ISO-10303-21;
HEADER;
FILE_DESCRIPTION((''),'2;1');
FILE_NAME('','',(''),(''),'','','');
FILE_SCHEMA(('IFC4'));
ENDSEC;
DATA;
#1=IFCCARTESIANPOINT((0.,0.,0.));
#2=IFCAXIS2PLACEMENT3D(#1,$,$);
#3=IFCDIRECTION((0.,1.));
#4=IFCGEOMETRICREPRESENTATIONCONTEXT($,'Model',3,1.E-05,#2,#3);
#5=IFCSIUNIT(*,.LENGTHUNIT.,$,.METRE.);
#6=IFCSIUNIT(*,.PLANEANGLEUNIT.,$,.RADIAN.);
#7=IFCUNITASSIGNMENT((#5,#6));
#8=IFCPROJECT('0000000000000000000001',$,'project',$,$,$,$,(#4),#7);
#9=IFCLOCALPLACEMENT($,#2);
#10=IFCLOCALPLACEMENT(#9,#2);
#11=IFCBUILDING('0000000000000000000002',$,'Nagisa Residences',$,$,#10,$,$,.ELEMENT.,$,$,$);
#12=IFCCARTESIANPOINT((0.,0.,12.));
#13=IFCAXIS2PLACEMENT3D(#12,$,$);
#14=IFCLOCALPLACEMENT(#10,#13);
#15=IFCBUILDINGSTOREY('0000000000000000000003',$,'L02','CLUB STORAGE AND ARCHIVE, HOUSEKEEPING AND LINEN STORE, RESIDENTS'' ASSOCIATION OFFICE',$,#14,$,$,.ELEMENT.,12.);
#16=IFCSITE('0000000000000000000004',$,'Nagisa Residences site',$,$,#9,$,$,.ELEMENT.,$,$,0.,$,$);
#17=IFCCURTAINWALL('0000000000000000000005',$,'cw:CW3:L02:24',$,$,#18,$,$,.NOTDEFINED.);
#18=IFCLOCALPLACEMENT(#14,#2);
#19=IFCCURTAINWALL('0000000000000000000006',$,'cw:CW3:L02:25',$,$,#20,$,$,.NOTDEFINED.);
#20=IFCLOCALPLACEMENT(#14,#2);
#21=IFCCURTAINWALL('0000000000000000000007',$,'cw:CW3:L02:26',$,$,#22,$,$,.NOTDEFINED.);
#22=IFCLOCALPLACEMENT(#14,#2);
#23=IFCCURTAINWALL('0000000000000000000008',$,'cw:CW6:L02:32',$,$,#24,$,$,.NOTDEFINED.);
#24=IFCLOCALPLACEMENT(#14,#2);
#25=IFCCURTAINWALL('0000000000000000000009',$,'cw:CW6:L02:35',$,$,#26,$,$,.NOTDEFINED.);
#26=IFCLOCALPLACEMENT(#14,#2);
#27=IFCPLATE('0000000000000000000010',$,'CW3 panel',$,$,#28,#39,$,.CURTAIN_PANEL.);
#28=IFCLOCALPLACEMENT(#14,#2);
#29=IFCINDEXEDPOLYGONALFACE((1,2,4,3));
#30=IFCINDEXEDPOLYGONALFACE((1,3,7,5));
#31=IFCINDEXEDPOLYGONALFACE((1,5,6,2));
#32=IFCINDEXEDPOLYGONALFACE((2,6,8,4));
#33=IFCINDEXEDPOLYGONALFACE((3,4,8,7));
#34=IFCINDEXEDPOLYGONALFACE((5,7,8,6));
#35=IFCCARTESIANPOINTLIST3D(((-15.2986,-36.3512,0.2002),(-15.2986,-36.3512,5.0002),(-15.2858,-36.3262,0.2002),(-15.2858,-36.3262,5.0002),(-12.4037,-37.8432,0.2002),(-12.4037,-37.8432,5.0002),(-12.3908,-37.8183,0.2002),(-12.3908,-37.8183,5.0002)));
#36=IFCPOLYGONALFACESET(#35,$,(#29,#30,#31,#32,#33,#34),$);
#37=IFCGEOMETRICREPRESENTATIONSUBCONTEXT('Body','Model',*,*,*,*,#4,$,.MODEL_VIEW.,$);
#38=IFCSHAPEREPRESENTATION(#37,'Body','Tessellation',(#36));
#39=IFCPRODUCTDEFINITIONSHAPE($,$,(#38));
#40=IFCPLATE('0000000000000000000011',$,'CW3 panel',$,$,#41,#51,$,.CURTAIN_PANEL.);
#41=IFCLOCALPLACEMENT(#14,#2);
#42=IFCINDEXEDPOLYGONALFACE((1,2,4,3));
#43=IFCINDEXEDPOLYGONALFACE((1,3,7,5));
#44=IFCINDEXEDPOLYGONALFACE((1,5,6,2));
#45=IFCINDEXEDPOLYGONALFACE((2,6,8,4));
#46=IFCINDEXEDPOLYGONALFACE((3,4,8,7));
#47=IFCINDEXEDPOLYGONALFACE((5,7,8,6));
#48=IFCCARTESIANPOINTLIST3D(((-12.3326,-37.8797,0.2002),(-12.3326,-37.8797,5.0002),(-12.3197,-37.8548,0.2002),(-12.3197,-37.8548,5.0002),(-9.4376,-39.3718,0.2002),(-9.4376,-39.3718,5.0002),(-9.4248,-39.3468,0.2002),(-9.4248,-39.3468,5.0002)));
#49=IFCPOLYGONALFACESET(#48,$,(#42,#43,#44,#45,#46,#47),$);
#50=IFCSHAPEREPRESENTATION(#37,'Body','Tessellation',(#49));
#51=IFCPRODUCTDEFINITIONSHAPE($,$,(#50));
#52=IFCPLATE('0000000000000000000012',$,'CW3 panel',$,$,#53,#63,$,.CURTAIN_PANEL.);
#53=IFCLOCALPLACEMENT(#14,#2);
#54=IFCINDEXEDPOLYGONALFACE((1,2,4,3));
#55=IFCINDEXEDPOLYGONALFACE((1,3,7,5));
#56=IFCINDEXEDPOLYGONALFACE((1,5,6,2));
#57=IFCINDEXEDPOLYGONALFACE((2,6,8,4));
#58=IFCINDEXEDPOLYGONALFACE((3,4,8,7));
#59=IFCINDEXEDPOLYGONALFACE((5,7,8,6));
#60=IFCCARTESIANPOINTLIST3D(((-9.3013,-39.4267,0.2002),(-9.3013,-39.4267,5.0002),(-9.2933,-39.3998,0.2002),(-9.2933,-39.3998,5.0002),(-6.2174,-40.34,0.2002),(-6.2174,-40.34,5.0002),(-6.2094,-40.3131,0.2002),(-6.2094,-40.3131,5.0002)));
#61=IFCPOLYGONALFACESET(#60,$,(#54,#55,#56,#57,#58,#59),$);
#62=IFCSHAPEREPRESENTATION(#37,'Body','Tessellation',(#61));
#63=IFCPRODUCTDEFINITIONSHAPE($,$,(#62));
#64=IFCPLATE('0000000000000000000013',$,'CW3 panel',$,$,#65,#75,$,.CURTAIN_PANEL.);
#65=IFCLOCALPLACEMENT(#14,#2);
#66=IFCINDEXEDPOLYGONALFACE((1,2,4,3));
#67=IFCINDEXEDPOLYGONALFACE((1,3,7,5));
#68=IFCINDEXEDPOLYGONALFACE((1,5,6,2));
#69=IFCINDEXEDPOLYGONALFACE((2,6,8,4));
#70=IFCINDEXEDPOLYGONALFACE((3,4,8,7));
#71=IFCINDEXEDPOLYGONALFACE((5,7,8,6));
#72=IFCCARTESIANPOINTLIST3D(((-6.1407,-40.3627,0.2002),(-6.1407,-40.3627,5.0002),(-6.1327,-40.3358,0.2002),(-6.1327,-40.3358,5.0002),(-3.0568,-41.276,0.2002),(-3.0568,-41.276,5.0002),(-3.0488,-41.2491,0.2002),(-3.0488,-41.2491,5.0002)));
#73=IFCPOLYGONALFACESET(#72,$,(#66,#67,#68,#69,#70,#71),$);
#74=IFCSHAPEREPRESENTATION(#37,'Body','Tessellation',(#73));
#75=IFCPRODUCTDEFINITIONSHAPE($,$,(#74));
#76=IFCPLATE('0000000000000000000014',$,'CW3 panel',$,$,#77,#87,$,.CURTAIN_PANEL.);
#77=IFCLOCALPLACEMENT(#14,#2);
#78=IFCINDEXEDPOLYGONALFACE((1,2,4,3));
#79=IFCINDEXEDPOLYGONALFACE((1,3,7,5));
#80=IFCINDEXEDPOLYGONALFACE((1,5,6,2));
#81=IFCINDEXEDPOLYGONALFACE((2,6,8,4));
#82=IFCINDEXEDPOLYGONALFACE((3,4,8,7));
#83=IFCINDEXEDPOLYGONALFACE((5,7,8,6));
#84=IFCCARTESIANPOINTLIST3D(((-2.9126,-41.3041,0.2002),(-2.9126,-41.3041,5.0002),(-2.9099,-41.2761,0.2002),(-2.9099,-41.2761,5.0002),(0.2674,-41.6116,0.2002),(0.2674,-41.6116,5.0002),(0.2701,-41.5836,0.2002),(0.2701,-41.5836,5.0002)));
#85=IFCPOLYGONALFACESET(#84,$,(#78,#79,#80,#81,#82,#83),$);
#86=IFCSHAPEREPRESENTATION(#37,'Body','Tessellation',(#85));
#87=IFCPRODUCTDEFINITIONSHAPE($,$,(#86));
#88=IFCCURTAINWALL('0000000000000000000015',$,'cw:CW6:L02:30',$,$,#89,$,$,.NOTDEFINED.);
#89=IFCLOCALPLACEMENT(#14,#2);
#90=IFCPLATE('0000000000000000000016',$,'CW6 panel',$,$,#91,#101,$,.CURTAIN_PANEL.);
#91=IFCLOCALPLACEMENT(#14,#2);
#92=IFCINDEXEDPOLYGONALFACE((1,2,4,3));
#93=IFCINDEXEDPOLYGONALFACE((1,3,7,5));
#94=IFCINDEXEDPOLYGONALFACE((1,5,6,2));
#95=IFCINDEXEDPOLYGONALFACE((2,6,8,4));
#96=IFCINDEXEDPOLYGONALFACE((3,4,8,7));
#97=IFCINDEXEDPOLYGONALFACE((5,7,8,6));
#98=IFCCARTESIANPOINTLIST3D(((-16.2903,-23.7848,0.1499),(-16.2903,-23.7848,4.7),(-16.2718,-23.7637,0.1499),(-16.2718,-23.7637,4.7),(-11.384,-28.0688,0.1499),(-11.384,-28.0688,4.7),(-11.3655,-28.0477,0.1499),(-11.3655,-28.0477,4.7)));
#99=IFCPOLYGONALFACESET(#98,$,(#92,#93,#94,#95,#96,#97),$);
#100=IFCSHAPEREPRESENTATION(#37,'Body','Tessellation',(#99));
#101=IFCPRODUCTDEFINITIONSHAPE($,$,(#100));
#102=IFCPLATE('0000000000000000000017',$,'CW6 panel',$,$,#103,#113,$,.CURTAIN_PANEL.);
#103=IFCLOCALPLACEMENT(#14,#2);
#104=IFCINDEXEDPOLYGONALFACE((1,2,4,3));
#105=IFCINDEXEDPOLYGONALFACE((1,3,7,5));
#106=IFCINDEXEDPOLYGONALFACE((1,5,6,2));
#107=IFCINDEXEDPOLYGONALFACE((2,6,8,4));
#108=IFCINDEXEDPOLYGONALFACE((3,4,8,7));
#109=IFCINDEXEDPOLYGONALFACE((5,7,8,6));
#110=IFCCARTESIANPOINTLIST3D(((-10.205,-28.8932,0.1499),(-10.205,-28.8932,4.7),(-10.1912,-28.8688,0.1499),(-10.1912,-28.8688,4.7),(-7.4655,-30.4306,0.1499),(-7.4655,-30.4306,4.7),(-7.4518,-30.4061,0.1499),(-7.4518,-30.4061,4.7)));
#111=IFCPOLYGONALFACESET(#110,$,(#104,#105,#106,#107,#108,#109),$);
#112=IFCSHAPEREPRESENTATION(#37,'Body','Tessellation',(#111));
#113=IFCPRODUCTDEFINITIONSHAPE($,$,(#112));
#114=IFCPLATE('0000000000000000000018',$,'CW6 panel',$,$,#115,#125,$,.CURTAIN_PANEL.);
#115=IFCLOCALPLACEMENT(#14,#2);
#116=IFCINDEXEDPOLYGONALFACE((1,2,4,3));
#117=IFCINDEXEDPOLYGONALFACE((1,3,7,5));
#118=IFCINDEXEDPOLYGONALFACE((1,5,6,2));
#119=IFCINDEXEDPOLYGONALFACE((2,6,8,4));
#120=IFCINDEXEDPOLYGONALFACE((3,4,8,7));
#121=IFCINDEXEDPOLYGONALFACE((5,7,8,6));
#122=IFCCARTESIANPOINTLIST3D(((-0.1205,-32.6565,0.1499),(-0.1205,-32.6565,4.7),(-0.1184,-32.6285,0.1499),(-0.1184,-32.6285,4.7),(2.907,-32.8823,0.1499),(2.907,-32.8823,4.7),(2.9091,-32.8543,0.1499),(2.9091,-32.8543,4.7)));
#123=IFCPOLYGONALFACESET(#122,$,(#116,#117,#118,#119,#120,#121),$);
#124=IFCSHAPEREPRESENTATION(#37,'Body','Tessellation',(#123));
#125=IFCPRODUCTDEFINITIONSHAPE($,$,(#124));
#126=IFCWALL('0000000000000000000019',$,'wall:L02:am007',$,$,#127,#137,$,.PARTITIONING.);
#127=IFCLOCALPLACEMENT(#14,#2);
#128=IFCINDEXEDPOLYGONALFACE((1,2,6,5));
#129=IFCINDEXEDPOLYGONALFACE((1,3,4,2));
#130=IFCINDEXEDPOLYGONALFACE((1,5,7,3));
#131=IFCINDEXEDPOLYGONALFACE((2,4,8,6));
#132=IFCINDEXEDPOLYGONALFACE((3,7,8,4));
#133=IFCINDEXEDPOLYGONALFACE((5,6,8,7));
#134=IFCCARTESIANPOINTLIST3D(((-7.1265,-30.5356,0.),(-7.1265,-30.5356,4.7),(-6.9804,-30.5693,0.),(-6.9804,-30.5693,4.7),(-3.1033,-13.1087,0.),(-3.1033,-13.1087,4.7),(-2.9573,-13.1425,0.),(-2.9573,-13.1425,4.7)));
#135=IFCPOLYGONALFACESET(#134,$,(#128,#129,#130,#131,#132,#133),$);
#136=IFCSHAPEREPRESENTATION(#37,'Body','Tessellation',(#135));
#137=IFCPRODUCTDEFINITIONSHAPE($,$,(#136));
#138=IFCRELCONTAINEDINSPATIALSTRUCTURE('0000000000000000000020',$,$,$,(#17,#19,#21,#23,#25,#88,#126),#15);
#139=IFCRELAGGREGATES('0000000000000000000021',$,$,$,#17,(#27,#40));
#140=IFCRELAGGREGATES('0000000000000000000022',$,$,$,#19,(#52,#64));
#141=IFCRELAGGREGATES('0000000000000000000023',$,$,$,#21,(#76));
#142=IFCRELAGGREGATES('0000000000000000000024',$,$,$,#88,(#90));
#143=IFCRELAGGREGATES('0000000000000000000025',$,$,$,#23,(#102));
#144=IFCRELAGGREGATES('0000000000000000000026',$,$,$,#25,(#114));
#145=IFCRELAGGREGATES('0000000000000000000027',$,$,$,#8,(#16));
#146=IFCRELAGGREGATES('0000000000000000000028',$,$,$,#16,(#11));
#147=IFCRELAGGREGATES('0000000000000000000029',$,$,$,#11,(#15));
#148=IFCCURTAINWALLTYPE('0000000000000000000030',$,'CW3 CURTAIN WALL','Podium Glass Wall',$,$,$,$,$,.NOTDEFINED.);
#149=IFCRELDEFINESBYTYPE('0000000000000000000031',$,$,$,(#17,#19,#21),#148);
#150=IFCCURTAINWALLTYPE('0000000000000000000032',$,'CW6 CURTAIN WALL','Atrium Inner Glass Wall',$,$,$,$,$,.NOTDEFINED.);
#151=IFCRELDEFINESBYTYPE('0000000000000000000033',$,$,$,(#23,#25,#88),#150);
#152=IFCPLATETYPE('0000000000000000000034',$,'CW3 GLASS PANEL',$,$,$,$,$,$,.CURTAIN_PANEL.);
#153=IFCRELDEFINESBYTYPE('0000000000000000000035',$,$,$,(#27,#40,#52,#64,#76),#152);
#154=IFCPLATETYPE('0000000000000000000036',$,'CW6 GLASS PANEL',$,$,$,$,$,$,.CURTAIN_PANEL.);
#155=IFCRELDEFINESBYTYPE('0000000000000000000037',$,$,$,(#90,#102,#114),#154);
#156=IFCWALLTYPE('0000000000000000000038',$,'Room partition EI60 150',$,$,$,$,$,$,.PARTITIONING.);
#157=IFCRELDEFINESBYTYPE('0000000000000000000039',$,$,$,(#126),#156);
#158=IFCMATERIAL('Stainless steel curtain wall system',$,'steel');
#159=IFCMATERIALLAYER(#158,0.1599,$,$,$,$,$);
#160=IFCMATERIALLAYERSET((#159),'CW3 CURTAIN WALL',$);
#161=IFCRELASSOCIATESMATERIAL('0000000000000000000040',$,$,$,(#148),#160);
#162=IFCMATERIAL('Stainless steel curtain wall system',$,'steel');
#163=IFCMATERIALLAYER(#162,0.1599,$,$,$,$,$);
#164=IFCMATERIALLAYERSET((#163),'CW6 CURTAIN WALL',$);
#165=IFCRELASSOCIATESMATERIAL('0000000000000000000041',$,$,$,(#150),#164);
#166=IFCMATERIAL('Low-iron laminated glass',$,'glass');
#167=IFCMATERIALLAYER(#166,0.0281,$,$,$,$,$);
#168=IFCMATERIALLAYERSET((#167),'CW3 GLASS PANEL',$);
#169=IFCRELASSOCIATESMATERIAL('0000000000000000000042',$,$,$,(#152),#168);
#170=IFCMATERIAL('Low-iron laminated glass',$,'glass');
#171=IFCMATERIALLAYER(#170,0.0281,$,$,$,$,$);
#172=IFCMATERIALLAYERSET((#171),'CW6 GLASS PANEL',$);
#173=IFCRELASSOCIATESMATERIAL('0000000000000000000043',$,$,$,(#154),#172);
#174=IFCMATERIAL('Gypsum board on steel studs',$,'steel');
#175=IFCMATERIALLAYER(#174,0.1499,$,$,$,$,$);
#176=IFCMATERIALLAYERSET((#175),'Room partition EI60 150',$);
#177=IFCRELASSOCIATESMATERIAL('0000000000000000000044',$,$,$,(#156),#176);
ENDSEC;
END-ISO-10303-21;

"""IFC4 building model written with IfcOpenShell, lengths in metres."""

from ifc_helpers import new_model, si_unit, direction, frame, frame_2d, origin, origin_2d, place, context, subcontext, project, spatial, rectangle, extrude, material, layer, layer_set, type_object, element, aggregate, save


model = new_model("IFC4")

# Units and contexts
model_context = context("Model", 3, precision=1e-05, world=origin(), true_north=direction((0.0, 1.0)))
body_context = subcontext(model_context, "Body", "Model", "MODEL_VIEW")
ifc_project = project(units=[si_unit("LENGTHUNIT", "METRE"), si_unit("PLANEANGLEUNIT", "RADIAN")], contexts=[model_context])

# Site, building, storey
site_placement = place(None, origin())
site = spatial("IfcSite", under=ifc_project, at=site_placement, Name="Nagisa Residences site", CompositionType="ELEMENT", RefElevation=0.0)
building_placement = place(site_placement, origin())
building = spatial("IfcBuilding", under=site, at=building_placement, Name="Nagisa Residences", CompositionType="ELEMENT")
storey_placement = place(building_placement, frame((0.0, 0.0, 12.0)))
storey = spatial("IfcBuildingStorey", under=building, at=storey_placement, Name="L02", Description="CLUB STORAGE AND ARCHIVE, HOUSEKEEPING AND LINEN STORE, RESIDENTS' ASSOCIATION OFFICE", CompositionType="ELEMENT", Elevation=12.0)

# Curtain walls
ifc_material_1 = material(Name="Stainless steel curtain wall system", Category="steel")
ifc_layer_1 = layer(ifc_material_1, 0.1599)
ifc_layer_set_1 = layer_set([ifc_layer_1], Name="CW3 CURTAIN WALL")
curtain_wall_type_1 = type_object("IfcCurtainWallType", Name="CW3 CURTAIN WALL", Description="Podium Glass Wall", PredefinedType="NOTDEFINED", material=ifc_layer_set_1)
curtain_wall_1_placement = place(storey_placement, origin())
curtain_wall_1 = element("IfcCurtainWall", 1, at=curtain_wall_1_placement, inside=storey, type_object=curtain_wall_type_1, Name="cw:CW3:L02:24", PredefinedType="NOTDEFINED")
curtain_wall_2_placement = place(storey_placement, origin())
curtain_wall_2 = element("IfcCurtainWall", 2, at=curtain_wall_2_placement, inside=storey, type_object=curtain_wall_type_1, Name="cw:CW3:L02:25", PredefinedType="NOTDEFINED")
curtain_wall_3_placement = place(storey_placement, origin())
curtain_wall_3 = element("IfcCurtainWall", 3, at=curtain_wall_3_placement, inside=storey, type_object=curtain_wall_type_1, Name="cw:CW3:L02:26", PredefinedType="NOTDEFINED")

# Curtain walls
ifc_material_2 = material(Name="Stainless steel curtain wall system", Category="steel")
ifc_layer_2 = layer(ifc_material_2, 0.1599)
ifc_layer_set_2 = layer_set([ifc_layer_2], Name="CW6 CURTAIN WALL")
curtain_wall_type_2 = type_object("IfcCurtainWallType", Name="CW6 CURTAIN WALL", Description="Atrium Inner Glass Wall", PredefinedType="NOTDEFINED", material=ifc_layer_set_2)
curtain_wall_4_placement = place(storey_placement, origin())
curtain_wall_4 = element("IfcCurtainWall", 4, at=curtain_wall_4_placement, inside=storey, type_object=curtain_wall_type_2, Name="cw:CW6:L02:32", PredefinedType="NOTDEFINED")
curtain_wall_5_placement = place(storey_placement, origin())
curtain_wall_5 = element("IfcCurtainWall", 5, at=curtain_wall_5_placement, inside=storey, type_object=curtain_wall_type_2, Name="cw:CW6:L02:35", PredefinedType="NOTDEFINED")

# Plates
ifc_material_3 = material(Name="Low-iron laminated glass", Category="glass")
ifc_layer_3 = layer(ifc_material_3, 0.0281)
ifc_layer_set_3 = layer_set([ifc_layer_3], Name="CW3 GLASS PANEL")
plate_type_1 = type_object("IfcPlateType", Name="CW3 GLASS PANEL", PredefinedType="CURTAIN_PANEL", material=ifc_layer_set_3)
plate_1_placement = place(storey_placement, frame((-13.8447, -37.0847, 0.2002), z_axis=(0.0, 0.0, 1.0), x_axis=(0.888887, -0.458126, 0.0)))
plate_1 = element("IfcPlate", 6, at=plate_1_placement, type_object=plate_type_1, Name="CW3 panel", PredefinedType="CURTAIN_PANEL", context=body_context, shape_type="SweptSolid", body=[
    extrude(rectangle(XDim=3.2568, YDim=0.0281, at=origin_2d()), origin(), (0.0, 0.0, 1.0), 4.8),
])
plate_2_placement = place(storey_placement, frame((-10.8787, -38.6133, 0.2002), z_axis=(0.0, 0.0, 1.0), x_axis=(0.888887, -0.458126, 0.0)))
plate_2 = element("IfcPlate", 7, at=plate_2_placement, type_object=plate_type_1, Name="CW3 panel", PredefinedType="CURTAIN_PANEL", context=body_context, shape_type="SweptSolid", body=[
    extrude(rectangle(XDim=3.2568, YDim=0.0281, at=origin_2d()), origin(), (0.0, 0.0, 1.0), 4.8),
])
aggregate(curtain_wall_1, [plate_1, plate_2])
plate_3_placement = place(storey_placement, frame((-7.7554, -39.8699, 0.2002), z_axis=(0.0, 0.0, 1.0), x_axis=(0.958835, -0.283963, 0.0)))
plate_3 = element("IfcPlate", 8, at=plate_3_placement, type_object=plate_type_1, Name="CW3 panel", PredefinedType="CURTAIN_PANEL", context=body_context, shape_type="SweptSolid", body=[
    extrude(rectangle(XDim=3.2163, YDim=0.0281, at=origin_2d()), origin(), (0.0, 0.0, 1.0), 4.8),
])
plate_4_placement = place(storey_placement, frame((-4.5947, -40.8059, 0.2002), z_axis=(0.0, 0.0, 1.0), x_axis=(0.958835, -0.283963, 0.0)))
plate_4 = element("IfcPlate", 9, at=plate_4_placement, type_object=plate_type_1, Name="CW3 panel", PredefinedType="CURTAIN_PANEL", context=body_context, shape_type="SweptSolid", body=[
    extrude(rectangle(XDim=3.2163, YDim=0.0281, at=origin_2d()), origin(), (0.0, 0.0, 1.0), 4.8),
])
aggregate(curtain_wall_2, [plate_3, plate_4])
plate_5_placement = place(storey_placement, frame((-1.3213, -41.4438, 0.2002), z_axis=(0.0, 0.0, 1.0), x_axis=(0.995357, -0.096249, 0.0)))
plate_5 = element("IfcPlate", 10, at=plate_5_placement, type_object=plate_type_1, Name="CW3 panel", PredefinedType="CURTAIN_PANEL", context=body_context, shape_type="SweptSolid", body=[
    extrude(rectangle(XDim=3.1948, YDim=0.0281, at=origin_2d()), origin(), (0.0, 0.0, 1.0), 4.8),
])
aggregate(curtain_wall_3, [plate_5])

# Curtain wall, plate
curtain_wall_6_placement = place(storey_placement, origin())
curtain_wall_6 = element("IfcCurtainWall", 11, at=curtain_wall_6_placement, inside=storey, type_object=curtain_wall_type_2, Name="cw:CW6:L02:30", PredefinedType="NOTDEFINED")
ifc_material_4 = material(Name="Low-iron laminated glass", Category="glass")
ifc_layer_4 = layer(ifc_material_4, 0.0281)
ifc_layer_set_4 = layer_set([ifc_layer_4], Name="CW6 GLASS PANEL")
plate_type_2 = type_object("IfcPlateType", Name="CW6 GLASS PANEL", PredefinedType="CURTAIN_PANEL", material=ifc_layer_set_4)
plate_6_placement = place(storey_placement, frame((-13.8279, -25.9163, 0.1499), z_axis=(0.0, 0.0, 1.0), x_axis=(0.753261, -0.657721, 0.0)))
plate_6 = element("IfcPlate", 12, at=plate_6_placement, type_object=plate_type_2, Name="CW6 panel", PredefinedType="CURTAIN_PANEL", context=body_context, shape_type="SweptSolid", body=[
    extrude(rectangle(XDim=6.5134, YDim=0.0281, at=origin_2d()), origin(), (0.0, 0.0, 1.0), 4.55),
])
aggregate(curtain_wall_6, [plate_6])

# Plates
plate_7_placement = place(storey_placement, frame((-8.8284, -29.6497, 0.1499), z_axis=(0.0, 0.0, 1.0), x_axis=(0.872072, -0.489377, 0.0)))
plate_7 = element("IfcPlate", 13, at=plate_7_placement, type_object=plate_type_2, Name="CW6 panel", PredefinedType="CURTAIN_PANEL", context=body_context, shape_type="SweptSolid", body=[
    extrude(rectangle(XDim=3.1414, YDim=0.0281, at=origin_2d()), origin(), (0.0, 0.0, 1.0), 4.55),
])
aggregate(curtain_wall_4, [plate_7])
plate_8_placement = place(storey_placement, frame((1.3943, -32.7554, 0.1499), z_axis=(0.0, 0.0, 1.0), x_axis=(0.99723, -0.074377, 0.0)))
plate_8 = element("IfcPlate", 14, at=plate_8_placement, type_object=plate_type_2, Name="CW6 panel", PredefinedType="CURTAIN_PANEL", context=body_context, shape_type="SweptSolid", body=[
    extrude(rectangle(XDim=3.0359, YDim=0.0281, at=origin_2d()), origin(), (0.0, 0.0, 1.0), 4.55),
])
aggregate(curtain_wall_5, [plate_8])

# Wall
ifc_material_5 = material(Name="Gypsum board on steel studs", Category="steel")
ifc_layer_5 = layer(ifc_material_5, 0.1499)
ifc_layer_set_5 = layer_set([ifc_layer_5], Name="Room partition EI60 150")
wall_type = type_object("IfcWallType", Name="Room partition EI60 150", PredefinedType="PARTITIONING", material=ifc_layer_set_5)
wall_placement = place(storey_placement, frame((-7.0535, -30.5525, 0.0), z_axis=(0.0, 0.0, 1.0), x_axis=(0.224943, 0.974372, 0.0)))
element("IfcWall", 15, at=wall_placement, inside=storey, type_object=wall_type, Name="wall:L02:am007", PredefinedType="PARTITIONING", context=body_context, shape_type="SweptSolid", body=[
    extrude(rectangle(XDim=17.8853, YDim=0.1499, at=frame_2d((8.9426, 0.0))), origin(), (0.0, 0.0, 1.0), 4.7),
])

save(model, "model.ifc")
